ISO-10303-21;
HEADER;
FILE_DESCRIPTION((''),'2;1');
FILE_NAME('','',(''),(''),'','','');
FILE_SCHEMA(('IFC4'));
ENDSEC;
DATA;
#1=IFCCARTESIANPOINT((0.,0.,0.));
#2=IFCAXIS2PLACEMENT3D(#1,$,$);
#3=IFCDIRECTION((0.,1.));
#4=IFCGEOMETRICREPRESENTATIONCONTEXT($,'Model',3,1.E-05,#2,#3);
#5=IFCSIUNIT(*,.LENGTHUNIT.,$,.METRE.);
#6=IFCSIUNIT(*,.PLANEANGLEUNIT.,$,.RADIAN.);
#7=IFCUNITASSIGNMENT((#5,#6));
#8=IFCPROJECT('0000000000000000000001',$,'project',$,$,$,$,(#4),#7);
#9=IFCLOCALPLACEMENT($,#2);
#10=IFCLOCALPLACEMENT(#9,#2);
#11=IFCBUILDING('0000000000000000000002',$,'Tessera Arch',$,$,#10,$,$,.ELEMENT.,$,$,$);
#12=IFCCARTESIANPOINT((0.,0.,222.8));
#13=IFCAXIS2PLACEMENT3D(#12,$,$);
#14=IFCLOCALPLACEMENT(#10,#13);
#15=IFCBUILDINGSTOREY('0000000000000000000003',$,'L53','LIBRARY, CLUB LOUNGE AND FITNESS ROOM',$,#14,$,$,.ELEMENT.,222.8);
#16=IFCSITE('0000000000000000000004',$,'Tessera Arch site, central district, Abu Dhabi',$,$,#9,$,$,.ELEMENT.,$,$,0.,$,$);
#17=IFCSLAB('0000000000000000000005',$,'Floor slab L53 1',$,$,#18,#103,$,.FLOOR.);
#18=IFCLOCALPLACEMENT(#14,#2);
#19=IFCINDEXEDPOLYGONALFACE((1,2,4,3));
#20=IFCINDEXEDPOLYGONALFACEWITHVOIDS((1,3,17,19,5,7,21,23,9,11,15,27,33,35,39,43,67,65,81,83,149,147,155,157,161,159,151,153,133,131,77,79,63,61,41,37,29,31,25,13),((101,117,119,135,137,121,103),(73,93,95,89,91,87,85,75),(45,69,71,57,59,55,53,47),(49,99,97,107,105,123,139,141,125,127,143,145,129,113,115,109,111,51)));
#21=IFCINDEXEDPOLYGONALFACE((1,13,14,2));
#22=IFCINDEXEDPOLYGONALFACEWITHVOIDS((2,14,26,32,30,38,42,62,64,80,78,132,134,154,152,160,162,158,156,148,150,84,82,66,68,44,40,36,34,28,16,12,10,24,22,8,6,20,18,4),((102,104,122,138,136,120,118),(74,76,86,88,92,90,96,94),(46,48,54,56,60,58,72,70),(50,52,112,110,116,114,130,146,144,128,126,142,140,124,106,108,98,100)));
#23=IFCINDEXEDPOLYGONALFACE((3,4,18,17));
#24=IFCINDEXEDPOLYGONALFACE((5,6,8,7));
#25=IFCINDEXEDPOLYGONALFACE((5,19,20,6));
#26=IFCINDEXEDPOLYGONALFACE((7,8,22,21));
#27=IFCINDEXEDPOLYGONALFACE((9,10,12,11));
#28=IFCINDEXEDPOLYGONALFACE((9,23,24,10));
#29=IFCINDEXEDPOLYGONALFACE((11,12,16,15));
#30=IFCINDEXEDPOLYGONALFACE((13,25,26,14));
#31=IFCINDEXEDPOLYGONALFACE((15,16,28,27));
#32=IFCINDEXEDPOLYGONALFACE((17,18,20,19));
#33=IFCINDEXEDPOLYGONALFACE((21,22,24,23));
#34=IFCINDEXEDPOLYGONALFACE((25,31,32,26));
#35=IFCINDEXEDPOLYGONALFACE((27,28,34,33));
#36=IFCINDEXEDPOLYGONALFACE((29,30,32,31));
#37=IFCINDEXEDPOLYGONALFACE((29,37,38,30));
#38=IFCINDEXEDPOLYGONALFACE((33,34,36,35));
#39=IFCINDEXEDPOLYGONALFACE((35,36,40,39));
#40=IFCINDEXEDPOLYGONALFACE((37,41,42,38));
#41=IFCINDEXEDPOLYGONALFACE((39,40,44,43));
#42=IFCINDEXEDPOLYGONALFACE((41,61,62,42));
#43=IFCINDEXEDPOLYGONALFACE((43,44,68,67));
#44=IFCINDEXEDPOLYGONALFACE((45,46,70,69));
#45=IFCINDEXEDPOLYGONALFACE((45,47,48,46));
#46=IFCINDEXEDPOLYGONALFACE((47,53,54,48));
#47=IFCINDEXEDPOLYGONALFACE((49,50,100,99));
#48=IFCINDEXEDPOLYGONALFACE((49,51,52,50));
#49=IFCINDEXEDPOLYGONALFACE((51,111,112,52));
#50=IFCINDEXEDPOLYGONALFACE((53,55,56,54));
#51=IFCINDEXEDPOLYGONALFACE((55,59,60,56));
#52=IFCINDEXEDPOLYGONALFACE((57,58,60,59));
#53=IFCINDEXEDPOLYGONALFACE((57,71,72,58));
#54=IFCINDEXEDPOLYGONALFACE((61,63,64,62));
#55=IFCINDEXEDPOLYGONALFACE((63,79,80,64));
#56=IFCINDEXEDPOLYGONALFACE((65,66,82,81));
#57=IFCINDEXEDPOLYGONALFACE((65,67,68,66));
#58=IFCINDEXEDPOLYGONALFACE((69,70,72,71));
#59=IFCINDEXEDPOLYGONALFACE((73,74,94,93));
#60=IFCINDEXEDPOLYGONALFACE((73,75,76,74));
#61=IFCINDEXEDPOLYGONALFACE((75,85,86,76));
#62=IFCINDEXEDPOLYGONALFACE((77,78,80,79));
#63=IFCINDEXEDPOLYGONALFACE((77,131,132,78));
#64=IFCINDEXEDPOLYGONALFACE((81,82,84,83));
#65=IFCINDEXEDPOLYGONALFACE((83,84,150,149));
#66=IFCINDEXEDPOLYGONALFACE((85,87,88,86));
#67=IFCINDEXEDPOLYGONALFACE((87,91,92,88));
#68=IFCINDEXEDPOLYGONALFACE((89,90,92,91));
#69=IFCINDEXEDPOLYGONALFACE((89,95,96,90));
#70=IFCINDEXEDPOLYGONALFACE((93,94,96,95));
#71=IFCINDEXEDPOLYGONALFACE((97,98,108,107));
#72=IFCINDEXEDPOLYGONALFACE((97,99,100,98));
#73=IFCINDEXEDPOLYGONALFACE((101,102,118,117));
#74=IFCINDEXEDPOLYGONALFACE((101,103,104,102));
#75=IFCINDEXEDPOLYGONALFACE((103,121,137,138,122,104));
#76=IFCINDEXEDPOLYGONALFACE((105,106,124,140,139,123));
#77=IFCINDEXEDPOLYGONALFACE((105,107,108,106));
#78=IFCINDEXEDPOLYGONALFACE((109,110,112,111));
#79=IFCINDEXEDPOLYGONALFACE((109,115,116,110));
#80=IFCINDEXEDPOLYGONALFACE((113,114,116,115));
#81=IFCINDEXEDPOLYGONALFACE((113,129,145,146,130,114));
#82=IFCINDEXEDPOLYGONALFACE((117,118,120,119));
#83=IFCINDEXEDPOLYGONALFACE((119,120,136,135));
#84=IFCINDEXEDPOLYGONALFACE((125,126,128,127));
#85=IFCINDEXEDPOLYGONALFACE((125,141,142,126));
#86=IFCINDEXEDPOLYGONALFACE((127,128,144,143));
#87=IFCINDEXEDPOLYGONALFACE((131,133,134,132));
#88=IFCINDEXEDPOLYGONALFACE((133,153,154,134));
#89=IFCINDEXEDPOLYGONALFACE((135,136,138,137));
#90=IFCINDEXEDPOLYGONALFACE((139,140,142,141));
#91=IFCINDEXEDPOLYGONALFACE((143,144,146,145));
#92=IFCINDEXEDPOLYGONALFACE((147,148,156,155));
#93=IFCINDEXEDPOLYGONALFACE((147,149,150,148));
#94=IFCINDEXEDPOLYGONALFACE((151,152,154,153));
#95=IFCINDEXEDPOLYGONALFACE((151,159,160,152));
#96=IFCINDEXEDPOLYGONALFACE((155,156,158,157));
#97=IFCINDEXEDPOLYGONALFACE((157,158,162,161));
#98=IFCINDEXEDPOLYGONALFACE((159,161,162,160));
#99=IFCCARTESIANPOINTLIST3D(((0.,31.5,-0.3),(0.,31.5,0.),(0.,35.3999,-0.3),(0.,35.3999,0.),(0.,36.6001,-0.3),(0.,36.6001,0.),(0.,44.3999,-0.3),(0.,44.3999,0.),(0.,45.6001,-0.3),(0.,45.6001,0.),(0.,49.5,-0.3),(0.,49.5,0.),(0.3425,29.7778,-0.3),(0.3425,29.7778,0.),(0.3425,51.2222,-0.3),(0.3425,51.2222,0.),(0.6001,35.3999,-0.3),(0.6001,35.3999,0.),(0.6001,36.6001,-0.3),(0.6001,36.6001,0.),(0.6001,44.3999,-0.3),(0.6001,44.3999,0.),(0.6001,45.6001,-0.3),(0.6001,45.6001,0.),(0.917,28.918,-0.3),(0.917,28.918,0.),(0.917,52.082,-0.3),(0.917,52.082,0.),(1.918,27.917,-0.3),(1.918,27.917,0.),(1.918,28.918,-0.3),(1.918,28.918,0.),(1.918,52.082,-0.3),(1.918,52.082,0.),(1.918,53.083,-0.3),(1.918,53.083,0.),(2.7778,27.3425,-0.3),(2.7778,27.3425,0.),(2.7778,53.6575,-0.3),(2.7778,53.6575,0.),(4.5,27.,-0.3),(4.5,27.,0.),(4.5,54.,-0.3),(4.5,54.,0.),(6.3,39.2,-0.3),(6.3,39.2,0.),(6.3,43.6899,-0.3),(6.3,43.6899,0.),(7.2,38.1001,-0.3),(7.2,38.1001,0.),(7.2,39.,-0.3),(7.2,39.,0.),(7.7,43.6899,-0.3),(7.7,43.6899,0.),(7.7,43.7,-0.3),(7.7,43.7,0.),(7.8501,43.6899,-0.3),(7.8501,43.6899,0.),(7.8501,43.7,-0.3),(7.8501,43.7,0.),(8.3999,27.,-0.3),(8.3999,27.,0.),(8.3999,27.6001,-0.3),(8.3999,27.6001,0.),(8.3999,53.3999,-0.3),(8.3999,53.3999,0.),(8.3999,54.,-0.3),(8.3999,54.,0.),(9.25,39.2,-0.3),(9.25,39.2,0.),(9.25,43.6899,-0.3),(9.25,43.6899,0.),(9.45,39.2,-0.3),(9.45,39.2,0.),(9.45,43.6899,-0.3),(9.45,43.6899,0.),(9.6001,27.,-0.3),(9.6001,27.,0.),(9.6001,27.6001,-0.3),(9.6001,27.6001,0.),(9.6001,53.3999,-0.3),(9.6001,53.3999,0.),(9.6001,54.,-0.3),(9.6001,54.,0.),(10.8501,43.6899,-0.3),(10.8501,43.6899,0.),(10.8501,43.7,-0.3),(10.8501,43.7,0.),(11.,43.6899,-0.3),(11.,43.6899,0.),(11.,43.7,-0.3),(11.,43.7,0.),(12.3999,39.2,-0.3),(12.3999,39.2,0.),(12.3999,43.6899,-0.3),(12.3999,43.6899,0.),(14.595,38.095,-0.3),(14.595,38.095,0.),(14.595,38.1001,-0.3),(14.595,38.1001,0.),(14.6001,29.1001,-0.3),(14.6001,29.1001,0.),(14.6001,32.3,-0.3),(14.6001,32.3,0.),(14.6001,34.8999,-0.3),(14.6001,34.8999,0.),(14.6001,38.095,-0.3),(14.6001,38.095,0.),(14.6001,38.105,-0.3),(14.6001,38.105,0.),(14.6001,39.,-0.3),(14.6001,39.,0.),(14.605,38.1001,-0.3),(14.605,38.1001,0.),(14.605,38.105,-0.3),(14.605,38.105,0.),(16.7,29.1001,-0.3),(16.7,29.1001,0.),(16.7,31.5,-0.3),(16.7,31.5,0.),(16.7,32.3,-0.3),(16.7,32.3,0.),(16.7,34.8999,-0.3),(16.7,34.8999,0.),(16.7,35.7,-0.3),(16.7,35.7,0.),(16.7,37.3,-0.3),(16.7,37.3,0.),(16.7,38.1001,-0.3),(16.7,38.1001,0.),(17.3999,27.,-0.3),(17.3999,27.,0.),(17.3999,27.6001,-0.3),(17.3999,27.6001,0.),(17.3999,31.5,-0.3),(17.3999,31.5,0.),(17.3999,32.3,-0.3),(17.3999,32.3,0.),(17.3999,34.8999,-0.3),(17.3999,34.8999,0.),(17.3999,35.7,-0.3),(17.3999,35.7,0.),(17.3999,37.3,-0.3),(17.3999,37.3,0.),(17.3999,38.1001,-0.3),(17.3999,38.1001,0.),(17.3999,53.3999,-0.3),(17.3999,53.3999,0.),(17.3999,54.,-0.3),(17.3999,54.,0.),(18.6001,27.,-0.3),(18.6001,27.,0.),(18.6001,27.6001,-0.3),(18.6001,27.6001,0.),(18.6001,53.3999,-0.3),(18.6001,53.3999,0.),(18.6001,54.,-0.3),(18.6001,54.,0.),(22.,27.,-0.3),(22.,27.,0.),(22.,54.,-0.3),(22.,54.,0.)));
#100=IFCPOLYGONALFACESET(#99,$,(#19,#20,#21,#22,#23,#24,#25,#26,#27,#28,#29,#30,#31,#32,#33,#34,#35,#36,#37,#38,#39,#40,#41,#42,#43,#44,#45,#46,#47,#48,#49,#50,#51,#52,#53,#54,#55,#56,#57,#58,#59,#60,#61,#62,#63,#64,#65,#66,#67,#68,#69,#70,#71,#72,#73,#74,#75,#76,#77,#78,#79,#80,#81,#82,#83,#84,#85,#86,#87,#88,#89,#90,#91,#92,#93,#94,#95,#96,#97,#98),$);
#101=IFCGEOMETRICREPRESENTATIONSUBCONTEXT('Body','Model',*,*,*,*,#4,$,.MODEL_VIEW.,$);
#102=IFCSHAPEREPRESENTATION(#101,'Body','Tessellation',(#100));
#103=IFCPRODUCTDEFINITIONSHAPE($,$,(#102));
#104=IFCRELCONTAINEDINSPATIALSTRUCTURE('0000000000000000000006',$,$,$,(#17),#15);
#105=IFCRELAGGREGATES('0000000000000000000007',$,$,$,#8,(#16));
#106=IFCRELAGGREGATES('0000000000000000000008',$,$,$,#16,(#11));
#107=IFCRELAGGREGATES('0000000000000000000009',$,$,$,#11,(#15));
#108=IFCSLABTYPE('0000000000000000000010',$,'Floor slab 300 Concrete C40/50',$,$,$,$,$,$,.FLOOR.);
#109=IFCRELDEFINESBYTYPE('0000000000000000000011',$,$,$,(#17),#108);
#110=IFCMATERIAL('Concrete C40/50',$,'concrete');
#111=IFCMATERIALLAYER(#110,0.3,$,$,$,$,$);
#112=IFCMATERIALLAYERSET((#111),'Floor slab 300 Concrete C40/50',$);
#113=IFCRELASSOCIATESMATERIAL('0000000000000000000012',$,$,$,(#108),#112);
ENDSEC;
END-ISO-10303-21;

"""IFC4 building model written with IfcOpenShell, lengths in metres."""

from ifc_helpers import new_model, si_unit, direction, frame, origin, place, context, subcontext, project, spatial, polyline, outline, extrude, material, layer, layer_set, type_object, element, save


model = new_model("IFC4")

# Units and contexts
model_context = context("Model", 3, precision=1e-05, world=origin(), true_north=direction((0.0, 1.0)))
body_context = subcontext(model_context, "Body", "Model", "MODEL_VIEW")
ifc_project = project(units=[si_unit("LENGTHUNIT", "METRE"), si_unit("PLANEANGLEUNIT", "RADIAN")], contexts=[model_context])

# Site, building, storey
site_placement = place(None, origin())
site = spatial("IfcSite", under=ifc_project, at=site_placement, Name="Tessera Arch site, central district, Abu Dhabi", CompositionType="ELEMENT", RefElevation=0.0)
building_placement = place(site_placement, origin())
building = spatial("IfcBuilding", under=site, at=building_placement, Name="Tessera Arch", CompositionType="ELEMENT")
storey_placement = place(building_placement, frame((0.0, 0.0, 222.8)))
storey = spatial("IfcBuildingStorey", under=building, at=storey_placement, Name="L53", Description="LIBRARY, CLUB LOUNGE AND FITNESS ROOM", CompositionType="ELEMENT", Elevation=222.8)

# Slab
ifc_material_1 = material(Name="Concrete C40/50", Category="concrete")
ifc_layer_1 = layer(ifc_material_1, 0.3)
ifc_layer_set_1 = layer_set([ifc_layer_1], Name="Floor slab 300 Concrete C40/50")
slab_type_1 = type_object("IfcSlabType", Name="Floor slab 300 Concrete C40/50", PredefinedType="FLOOR", material=ifc_layer_set_1)
slab_1_placement = place(storey_placement, frame((0.0, 0.0, -0.3)))
element("IfcSlab", 1, at=slab_1_placement, inside=storey, type_object=slab_type_1, Name="Floor slab L53 1", PredefinedType="FLOOR", context=body_context, shape_type="SweptSolid", body=[
    extrude(outline(polyline([(1.918, 27.917), (1.918, 28.918), (0.917, 28.918), (0.3425, 29.7778), (0.0, 31.5), (0.0, 35.3999), (0.6001, 35.3999), (0.6001, 36.6001), (0.0, 36.6001), (0.0, 44.3999), (0.6001, 44.3999), (0.6001, 45.6001), (0.0, 45.6001), (0.0, 49.5), (0.3425, 51.2222), (0.917, 52.082), (1.918, 52.082), (1.918, 53.083), (2.7778, 53.6575), (4.5, 54.0), (8.3999, 54.0), (8.3999, 53.3999), (9.6001, 53.3999), (9.6001, 54.0), (17.3999, 54.0), (17.3999, 53.3999), (18.6001, 53.3999), (18.6001, 54.0), (22.0, 54.0), (22.0, 27.0), (18.6001, 27.0), (18.6001, 27.6001), (17.3999, 27.6001), (17.3999, 27.0), (9.6001, 27.0), (9.6001, 27.6001), (8.3999, 27.6001), (8.3999, 27.0), (4.5, 27.0), (2.7778, 27.3425), (1.918, 27.917)]), holes=[polyline([(14.6001, 29.1001), (16.7, 29.1001), (16.7, 31.5), (17.3999, 31.5), (17.3999, 32.3), (16.7, 32.3), (14.6001, 32.3), (14.6001, 29.1001)]), polyline([(17.3999, 35.7), (16.7, 35.7), (16.7, 37.3), (17.3999, 37.3), (17.3999, 38.1001), (16.7, 38.1001), (14.605, 38.1001), (14.605, 38.105), (14.6001, 38.105), (14.6001, 39.0), (7.2, 39.0), (7.2, 38.1001), (14.595, 38.1001), (14.595, 38.095), (14.6001, 38.095), (14.6001, 34.8999), (16.7, 34.8999), (17.3999, 34.8999), (17.3999, 35.7)]), polyline([(6.3, 43.6899), (6.3, 39.2), (9.25, 39.2), (9.25, 43.6899), (7.8501, 43.6899), (7.8501, 43.7), (7.7, 43.7), (7.7, 43.6899), (6.3, 43.6899)]), polyline([(9.45, 43.6899), (9.45, 39.2), (12.3999, 39.2), (12.3999, 43.6899), (11.0, 43.6899), (11.0, 43.7), (10.8501, 43.7), (10.8501, 43.6899), (9.45, 43.6899)])]), origin(), (0.0, 0.0, 1.0), 0.3),
])

save(model, "model.ifc")
